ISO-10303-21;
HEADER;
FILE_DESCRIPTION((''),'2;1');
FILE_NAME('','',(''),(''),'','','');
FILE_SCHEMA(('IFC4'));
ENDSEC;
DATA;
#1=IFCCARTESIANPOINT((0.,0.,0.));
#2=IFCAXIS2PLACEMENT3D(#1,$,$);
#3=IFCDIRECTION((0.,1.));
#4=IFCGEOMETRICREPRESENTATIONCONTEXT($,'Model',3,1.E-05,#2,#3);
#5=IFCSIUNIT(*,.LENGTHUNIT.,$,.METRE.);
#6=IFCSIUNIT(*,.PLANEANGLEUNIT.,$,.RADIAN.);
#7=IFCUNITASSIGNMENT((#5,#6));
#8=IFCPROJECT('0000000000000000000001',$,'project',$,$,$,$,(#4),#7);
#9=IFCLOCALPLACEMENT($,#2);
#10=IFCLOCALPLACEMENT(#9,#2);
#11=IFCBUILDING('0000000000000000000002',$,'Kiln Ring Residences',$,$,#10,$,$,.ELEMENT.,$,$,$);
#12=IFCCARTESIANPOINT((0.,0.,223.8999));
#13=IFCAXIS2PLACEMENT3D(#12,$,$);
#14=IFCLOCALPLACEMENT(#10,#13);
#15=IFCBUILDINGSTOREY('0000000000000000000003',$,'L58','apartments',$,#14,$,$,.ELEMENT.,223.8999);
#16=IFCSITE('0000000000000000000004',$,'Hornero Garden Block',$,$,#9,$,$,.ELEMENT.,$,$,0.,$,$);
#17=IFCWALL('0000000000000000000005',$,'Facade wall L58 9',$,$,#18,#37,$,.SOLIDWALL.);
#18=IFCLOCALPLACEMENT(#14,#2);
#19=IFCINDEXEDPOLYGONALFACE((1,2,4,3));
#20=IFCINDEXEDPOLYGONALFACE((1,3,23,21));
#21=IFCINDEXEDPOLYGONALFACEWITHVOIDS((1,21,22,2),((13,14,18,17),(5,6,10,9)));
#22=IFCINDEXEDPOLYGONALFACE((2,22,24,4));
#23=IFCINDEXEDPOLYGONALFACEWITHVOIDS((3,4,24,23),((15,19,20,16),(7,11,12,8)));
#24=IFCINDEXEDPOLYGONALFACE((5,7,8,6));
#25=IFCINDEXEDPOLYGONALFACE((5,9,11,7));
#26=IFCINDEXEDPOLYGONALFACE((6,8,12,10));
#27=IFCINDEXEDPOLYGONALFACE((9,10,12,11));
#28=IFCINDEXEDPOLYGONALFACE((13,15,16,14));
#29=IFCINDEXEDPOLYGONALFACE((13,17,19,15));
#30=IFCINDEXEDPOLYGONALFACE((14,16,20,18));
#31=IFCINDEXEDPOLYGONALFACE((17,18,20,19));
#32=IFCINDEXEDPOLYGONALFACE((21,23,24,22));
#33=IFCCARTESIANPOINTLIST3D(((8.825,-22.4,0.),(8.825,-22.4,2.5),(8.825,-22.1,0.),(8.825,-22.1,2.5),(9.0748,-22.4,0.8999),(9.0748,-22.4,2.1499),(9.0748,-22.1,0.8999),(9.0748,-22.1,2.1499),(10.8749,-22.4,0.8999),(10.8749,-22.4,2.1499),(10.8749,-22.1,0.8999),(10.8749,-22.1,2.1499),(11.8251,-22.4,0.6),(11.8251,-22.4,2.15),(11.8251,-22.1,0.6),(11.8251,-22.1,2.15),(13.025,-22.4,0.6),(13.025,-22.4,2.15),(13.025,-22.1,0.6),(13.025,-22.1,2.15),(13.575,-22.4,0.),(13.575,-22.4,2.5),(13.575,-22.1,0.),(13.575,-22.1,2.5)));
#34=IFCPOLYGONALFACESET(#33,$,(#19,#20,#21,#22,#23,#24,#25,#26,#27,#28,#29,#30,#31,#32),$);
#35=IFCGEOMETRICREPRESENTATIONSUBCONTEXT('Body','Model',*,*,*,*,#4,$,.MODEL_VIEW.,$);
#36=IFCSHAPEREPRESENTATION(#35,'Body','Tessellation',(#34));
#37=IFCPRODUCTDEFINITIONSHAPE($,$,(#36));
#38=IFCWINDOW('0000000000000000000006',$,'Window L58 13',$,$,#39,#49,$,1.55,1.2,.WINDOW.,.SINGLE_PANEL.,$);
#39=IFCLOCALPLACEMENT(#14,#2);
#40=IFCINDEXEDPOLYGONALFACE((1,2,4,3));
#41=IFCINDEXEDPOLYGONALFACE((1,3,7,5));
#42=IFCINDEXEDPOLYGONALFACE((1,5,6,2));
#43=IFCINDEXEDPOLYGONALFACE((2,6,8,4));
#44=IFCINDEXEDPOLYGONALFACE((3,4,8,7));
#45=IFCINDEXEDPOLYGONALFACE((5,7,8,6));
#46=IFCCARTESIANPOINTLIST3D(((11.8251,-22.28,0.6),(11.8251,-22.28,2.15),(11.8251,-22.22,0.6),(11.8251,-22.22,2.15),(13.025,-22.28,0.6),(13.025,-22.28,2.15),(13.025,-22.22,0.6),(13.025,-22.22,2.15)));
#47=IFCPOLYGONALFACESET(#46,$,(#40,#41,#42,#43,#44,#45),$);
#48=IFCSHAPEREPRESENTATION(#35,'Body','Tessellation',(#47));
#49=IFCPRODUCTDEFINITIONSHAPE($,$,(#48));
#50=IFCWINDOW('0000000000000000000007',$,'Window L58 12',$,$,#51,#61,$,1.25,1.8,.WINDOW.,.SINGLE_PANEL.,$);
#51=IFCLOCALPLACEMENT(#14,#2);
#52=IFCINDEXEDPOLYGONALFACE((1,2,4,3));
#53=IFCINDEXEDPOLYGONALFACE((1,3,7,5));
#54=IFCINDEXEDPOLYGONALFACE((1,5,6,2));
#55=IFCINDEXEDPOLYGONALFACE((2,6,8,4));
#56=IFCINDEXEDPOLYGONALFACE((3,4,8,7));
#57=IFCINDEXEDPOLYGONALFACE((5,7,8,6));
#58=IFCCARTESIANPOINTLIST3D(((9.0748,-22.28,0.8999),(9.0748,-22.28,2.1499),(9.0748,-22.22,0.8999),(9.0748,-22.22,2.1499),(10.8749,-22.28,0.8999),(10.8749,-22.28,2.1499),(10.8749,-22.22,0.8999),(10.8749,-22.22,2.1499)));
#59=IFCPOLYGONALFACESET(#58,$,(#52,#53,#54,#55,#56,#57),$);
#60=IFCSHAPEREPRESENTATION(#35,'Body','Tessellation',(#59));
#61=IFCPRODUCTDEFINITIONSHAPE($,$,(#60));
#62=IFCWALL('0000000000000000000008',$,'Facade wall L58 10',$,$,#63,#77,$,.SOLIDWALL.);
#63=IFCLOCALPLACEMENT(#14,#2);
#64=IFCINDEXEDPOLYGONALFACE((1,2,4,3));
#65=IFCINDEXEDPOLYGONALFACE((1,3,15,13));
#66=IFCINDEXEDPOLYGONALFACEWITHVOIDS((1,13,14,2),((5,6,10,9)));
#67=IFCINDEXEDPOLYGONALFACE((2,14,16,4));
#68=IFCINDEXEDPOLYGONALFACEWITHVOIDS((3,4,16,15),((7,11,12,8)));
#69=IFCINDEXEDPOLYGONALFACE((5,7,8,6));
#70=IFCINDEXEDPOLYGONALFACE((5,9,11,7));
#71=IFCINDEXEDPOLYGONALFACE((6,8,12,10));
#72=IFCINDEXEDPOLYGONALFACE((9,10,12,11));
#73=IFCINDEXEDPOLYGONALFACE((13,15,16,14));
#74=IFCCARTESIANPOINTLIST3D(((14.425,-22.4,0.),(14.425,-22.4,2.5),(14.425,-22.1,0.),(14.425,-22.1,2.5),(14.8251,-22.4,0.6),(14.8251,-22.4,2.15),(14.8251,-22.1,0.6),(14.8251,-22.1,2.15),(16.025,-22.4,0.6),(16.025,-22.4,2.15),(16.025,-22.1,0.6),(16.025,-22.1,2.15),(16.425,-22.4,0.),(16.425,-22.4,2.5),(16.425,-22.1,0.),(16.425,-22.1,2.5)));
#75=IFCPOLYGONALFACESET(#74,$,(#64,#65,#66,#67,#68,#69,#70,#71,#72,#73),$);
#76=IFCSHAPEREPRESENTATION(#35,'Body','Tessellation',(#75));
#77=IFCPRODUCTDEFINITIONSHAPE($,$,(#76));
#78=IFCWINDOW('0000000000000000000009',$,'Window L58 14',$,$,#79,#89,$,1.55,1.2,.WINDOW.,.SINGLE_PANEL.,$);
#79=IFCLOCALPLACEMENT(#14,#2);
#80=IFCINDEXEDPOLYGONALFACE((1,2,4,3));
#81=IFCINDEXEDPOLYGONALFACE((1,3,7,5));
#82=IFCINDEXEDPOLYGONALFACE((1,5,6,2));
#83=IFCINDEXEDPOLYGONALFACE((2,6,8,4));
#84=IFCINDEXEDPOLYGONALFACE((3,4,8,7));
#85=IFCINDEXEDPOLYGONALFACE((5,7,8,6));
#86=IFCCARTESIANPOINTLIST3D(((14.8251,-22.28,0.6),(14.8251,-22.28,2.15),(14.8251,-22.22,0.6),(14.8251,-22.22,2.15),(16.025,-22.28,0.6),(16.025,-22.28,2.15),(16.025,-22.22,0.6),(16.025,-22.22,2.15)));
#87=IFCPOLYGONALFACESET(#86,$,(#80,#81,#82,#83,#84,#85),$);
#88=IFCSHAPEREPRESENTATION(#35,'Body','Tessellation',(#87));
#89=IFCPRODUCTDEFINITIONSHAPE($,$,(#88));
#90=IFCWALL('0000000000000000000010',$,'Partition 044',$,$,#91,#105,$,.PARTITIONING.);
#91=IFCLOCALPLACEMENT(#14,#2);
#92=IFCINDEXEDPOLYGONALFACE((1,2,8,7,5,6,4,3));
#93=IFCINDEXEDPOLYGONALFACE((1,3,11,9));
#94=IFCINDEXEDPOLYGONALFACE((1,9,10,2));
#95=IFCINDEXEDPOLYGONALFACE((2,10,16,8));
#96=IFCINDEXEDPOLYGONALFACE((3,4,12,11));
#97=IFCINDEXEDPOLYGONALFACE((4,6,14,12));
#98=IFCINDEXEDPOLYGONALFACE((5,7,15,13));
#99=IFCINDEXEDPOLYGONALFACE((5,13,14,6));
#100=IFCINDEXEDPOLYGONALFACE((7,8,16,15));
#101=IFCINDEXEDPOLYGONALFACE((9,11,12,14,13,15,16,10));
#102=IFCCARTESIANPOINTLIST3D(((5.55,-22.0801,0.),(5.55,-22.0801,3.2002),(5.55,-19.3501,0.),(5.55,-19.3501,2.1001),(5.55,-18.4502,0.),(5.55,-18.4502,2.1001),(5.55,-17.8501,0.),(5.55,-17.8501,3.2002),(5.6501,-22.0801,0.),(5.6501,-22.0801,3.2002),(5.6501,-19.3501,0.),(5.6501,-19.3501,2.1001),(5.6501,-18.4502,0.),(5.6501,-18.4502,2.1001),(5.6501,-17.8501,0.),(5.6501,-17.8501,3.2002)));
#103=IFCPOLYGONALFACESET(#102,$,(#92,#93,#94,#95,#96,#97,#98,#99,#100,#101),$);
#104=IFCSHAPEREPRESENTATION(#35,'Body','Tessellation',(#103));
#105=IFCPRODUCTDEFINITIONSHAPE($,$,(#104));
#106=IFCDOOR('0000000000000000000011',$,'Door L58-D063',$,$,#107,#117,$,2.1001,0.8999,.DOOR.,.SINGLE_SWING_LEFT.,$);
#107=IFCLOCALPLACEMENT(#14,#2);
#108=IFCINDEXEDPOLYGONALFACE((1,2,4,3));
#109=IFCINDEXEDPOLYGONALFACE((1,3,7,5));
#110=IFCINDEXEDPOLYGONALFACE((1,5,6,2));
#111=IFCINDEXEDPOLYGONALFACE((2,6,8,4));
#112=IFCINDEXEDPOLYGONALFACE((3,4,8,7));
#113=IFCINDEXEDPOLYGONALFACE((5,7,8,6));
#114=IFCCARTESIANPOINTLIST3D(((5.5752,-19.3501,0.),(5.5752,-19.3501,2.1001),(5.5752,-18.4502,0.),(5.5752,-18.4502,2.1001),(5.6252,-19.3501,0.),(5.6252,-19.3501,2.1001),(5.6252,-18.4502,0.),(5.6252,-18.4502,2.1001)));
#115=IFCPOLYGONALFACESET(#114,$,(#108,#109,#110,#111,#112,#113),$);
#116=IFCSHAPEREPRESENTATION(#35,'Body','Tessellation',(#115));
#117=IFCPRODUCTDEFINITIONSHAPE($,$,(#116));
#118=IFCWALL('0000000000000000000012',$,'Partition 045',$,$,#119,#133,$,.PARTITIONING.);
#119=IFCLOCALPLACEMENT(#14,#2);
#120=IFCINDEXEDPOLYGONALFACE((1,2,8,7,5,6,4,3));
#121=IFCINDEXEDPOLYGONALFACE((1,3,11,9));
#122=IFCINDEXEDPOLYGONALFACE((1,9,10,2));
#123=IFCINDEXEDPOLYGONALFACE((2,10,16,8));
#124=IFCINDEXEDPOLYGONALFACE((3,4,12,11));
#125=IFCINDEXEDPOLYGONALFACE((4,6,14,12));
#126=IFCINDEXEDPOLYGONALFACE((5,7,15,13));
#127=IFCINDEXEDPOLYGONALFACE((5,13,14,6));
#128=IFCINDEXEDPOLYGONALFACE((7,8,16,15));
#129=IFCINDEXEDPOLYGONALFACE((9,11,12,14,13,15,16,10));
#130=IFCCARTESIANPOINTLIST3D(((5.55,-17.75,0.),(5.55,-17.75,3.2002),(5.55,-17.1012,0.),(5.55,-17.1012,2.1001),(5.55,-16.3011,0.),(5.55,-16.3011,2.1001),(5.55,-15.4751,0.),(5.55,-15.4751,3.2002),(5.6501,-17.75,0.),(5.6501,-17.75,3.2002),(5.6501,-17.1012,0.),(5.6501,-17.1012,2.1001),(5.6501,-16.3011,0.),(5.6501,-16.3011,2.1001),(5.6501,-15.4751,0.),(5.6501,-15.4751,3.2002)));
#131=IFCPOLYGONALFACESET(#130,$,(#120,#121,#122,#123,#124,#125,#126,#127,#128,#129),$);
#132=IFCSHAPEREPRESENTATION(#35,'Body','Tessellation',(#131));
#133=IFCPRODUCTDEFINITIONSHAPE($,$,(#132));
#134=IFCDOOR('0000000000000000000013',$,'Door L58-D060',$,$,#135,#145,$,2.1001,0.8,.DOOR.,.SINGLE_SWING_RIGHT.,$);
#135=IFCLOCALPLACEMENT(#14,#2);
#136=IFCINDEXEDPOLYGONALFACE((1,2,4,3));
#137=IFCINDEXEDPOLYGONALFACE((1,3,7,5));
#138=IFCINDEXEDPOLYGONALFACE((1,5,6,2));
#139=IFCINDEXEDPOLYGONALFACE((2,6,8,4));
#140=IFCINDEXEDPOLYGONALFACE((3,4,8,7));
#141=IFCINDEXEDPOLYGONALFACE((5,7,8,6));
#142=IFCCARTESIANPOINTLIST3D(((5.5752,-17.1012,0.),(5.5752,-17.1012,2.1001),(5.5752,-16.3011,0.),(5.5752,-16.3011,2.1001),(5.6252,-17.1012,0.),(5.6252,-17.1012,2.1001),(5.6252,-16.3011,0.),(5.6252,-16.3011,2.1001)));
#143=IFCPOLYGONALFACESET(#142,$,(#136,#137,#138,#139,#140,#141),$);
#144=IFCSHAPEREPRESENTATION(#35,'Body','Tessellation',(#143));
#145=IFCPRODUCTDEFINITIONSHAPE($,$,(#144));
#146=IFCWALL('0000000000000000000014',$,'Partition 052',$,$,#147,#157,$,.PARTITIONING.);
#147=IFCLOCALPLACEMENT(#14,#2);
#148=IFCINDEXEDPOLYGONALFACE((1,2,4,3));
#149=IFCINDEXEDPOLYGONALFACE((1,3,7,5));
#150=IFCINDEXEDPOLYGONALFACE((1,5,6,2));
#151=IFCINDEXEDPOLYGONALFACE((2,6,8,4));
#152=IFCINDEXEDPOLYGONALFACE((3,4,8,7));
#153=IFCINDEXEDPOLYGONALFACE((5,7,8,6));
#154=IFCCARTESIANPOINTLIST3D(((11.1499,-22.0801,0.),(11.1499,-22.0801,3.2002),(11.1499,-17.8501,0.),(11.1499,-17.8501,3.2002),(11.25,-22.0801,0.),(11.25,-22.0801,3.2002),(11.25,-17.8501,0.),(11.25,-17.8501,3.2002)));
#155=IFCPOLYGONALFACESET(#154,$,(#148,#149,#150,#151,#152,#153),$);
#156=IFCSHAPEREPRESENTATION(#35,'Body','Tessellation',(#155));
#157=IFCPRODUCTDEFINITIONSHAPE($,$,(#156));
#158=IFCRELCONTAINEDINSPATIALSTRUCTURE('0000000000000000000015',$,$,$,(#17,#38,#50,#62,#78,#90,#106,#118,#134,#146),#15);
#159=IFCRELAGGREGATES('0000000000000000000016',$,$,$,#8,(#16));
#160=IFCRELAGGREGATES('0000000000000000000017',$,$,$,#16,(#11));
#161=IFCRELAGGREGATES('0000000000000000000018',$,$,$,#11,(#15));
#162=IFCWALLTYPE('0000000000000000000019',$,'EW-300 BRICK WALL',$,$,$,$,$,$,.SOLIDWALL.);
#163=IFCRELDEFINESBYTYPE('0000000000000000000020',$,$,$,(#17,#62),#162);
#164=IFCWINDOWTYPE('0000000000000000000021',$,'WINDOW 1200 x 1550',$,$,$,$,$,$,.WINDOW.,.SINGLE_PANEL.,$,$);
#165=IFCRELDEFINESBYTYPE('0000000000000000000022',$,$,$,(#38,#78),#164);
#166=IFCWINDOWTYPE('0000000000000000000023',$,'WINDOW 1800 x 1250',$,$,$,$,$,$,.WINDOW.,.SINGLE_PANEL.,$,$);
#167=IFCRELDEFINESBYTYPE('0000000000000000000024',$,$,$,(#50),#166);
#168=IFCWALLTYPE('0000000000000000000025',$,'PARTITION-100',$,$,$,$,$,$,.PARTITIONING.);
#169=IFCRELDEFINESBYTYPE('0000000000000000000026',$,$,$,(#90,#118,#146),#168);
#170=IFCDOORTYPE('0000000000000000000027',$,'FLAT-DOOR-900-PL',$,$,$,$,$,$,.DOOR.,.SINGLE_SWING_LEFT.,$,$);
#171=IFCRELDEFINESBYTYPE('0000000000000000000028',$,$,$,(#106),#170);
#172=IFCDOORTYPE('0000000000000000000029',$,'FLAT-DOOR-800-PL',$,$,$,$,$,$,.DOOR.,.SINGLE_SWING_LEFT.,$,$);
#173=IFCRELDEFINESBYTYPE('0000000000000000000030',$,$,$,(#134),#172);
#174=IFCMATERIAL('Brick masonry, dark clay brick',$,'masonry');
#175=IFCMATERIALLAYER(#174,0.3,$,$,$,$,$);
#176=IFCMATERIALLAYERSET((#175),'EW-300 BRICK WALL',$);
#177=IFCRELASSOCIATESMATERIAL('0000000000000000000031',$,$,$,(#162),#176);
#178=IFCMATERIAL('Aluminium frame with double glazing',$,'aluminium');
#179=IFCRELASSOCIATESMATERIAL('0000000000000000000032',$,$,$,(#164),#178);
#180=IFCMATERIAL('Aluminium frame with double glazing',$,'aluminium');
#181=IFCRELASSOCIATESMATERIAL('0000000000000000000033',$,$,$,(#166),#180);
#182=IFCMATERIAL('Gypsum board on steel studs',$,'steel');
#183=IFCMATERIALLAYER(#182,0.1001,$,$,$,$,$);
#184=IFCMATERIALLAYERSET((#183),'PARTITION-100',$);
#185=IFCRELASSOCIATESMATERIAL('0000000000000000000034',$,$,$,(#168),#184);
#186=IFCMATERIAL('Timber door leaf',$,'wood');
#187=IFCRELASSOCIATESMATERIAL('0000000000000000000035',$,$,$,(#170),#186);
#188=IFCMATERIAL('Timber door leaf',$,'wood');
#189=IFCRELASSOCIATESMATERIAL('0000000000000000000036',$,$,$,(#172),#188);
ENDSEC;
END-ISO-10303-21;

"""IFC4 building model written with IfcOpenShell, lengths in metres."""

from ifc_helpers import new_model, si_unit, direction, frame, frame_2d, origin, place, context, subcontext, project, spatial, rectangle, extrude, material, layer, layer_set, type_object, element, fill, save


model = new_model("IFC4")

# Units and contexts
model_context = context("Model", 3, precision=1e-05, world=origin(), true_north=direction((0.0, 1.0)))
body_context = subcontext(model_context, "Body", "Model", "MODEL_VIEW")
ifc_project = project(units=[si_unit("LENGTHUNIT", "METRE"), si_unit("PLANEANGLEUNIT", "RADIAN")], contexts=[model_context])

# Site, building, storey
site_placement = place(None, origin())
site = spatial("IfcSite", under=ifc_project, at=site_placement, Name="Hornero Garden Block", CompositionType="ELEMENT", RefElevation=0.0)
building_placement = place(site_placement, origin())
building = spatial("IfcBuilding", under=site, at=building_placement, Name="Kiln Ring Residences", CompositionType="ELEMENT")
storey_placement = place(building_placement, frame((0.0, 0.0, 223.8999)))
storey = spatial("IfcBuildingStorey", under=building, at=storey_placement, Name="L58", Description="apartments", CompositionType="ELEMENT", Elevation=223.8999)

# Wall, openings, windows
ifc_material_1 = material(Name="Brick masonry, dark clay brick", Category="masonry")
ifc_layer_1 = layer(ifc_material_1, 0.3)
ifc_layer_set_1 = layer_set([ifc_layer_1], Name="EW-300 BRICK WALL")
wall_type_1 = type_object("IfcWallType", Name="EW-300 BRICK WALL", PredefinedType="SOLIDWALL", material=ifc_layer_set_1)
ifc_material_2 = material(Name="Aluminium frame with double glazing", Category="aluminium")
window_type_1 = type_object("IfcWindowType", Name="WINDOW 1200 x 1550", PartitioningType="SINGLE_PANEL", PredefinedType="WINDOW", material=ifc_material_2)
wall_1_placement = place(storey_placement, frame((8.825, -22.25, 0.0), z_axis=(0.0, 0.0, 1.0), x_axis=(1.0, 0.0, 0.0)))
wall_1 = element("IfcWall", 1, at=wall_1_placement, inside=storey, type_object=wall_type_1, Name="Facade wall L58 9", PredefinedType="SOLIDWALL", context=body_context, shape_type="SweptSolid", body=[
    extrude(rectangle(XDim=4.75, YDim=0.3, at=frame_2d((2.375, 0.0))), origin(), (0.0, 0.0, 1.0), 2.5),
])
opening_1_placement = place(wall_1_placement, frame((0.25, 0.0, 0.8999)))
opening_1 = element("IfcOpeningElement", 2, at=opening_1_placement, cuts=wall_1, PredefinedType="OPENING", context=body_context, shape_type="SweptSolid", body=[
    extrude(rectangle(XDim=1.8, YDim=1.25, at=frame_2d((0.8999, 0.625))), frame((0.0, 0.1599, 0.0), z_axis=(0.0, -1.0, 0.0), x_axis=(1.0, 0.0, 0.0)), (0.0, 0.0, 1.0), 0.3201),
])
opening_2_placement = place(wall_1_placement, frame((3.0, 0.0, 0.6001)))
opening_2 = element("IfcOpeningElement", 3, at=opening_2_placement, cuts=wall_1, PredefinedType="OPENING", context=body_context, shape_type="SweptSolid", body=[
    extrude(rectangle(XDim=1.2, YDim=1.55, at=frame_2d((0.6001, 0.7749))), frame((0.0, 0.1599, 0.0), z_axis=(0.0, -1.0, 0.0), x_axis=(1.0, 0.0, 0.0)), (0.0, 0.0, 1.0), 0.3201),
])
window_1_placement = place(opening_2_placement, origin())
window_1 = element("IfcWindow", 4, at=window_1_placement, inside=storey, type_object=window_type_1, Name="Window L58 13", OverallHeight=1.55, OverallWidth=1.2, PartitioningType="SINGLE_PANEL", PredefinedType="WINDOW", context=body_context, shape_type="SweptSolid", body=[
    extrude(rectangle(XDim=1.2, YDim=1.55, at=frame_2d((0.6001, 0.7749))), frame((0.0, 0.03, 0.0), z_axis=(0.0, -1.0, 0.0), x_axis=(1.0, 0.0, 0.0)), (0.0, 0.0, 1.0), 0.0601),
])
fill(opening_2, window_1)
ifc_material_3 = material(Name="Aluminium frame with double glazing", Category="aluminium")
window_type_2 = type_object("IfcWindowType", Name="WINDOW 1800 x 1250", PartitioningType="SINGLE_PANEL", PredefinedType="WINDOW", material=ifc_material_3)
window_2_placement = place(opening_1_placement, origin())
window_2 = element("IfcWindow", 5, at=window_2_placement, inside=storey, type_object=window_type_2, Name="Window L58 12", OverallHeight=1.25, OverallWidth=1.8, PartitioningType="SINGLE_PANEL", PredefinedType="WINDOW", context=body_context, shape_type="SweptSolid", body=[
    extrude(rectangle(XDim=1.8, YDim=1.25, at=frame_2d((0.8999, 0.625))), frame((0.0, 0.03, 0.0), z_axis=(0.0, -1.0, 0.0), x_axis=(1.0, 0.0, 0.0)), (0.0, 0.0, 1.0), 0.0601),
])
fill(opening_1, window_2)

# Wall, opening, window
wall_2_placement = place(storey_placement, frame((14.425, -22.25, 0.0), z_axis=(0.0, 0.0, 1.0), x_axis=(1.0, 0.0, 0.0)))
wall_2 = element("IfcWall", 6, at=wall_2_placement, inside=storey, type_object=wall_type_1, Name="Facade wall L58 10", PredefinedType="SOLIDWALL", context=body_context, shape_type="SweptSolid", body=[
    extrude(rectangle(XDim=2.0, YDim=0.3, at=frame_2d((1.0, 0.0))), origin(), (0.0, 0.0, 1.0), 2.5),
])
opening_3_placement = place(wall_2_placement, frame((0.3999, 0.0, 0.6001)))
opening_3 = element("IfcOpeningElement", 7, at=opening_3_placement, cuts=wall_2, PredefinedType="OPENING", context=body_context, shape_type="SweptSolid", body=[
    extrude(rectangle(XDim=1.2, YDim=1.55, at=frame_2d((0.6001, 0.7749))), frame((0.0, 0.1599, 0.0), z_axis=(0.0, -1.0, 0.0), x_axis=(1.0, 0.0, 0.0)), (0.0, 0.0, 1.0), 0.3201),
])
window_3_placement = place(opening_3_placement, origin())
window_3 = element("IfcWindow", 8, at=window_3_placement, inside=storey, type_object=window_type_1, Name="Window L58 14", OverallHeight=1.55, OverallWidth=1.2, PartitioningType="SINGLE_PANEL", PredefinedType="WINDOW", context=body_context, shape_type="SweptSolid", body=[
    extrude(rectangle(XDim=1.2, YDim=1.55, at=frame_2d((0.6001, 0.7749))), frame((0.0, 0.03, 0.0), z_axis=(0.0, -1.0, 0.0), x_axis=(1.0, 0.0, 0.0)), (0.0, 0.0, 1.0), 0.0601),
])
fill(opening_3, window_3)

# Walls, openings, doors
ifc_material_4 = material(Name="Gypsum board on steel studs", Category="steel")
ifc_layer_2 = layer(ifc_material_4, 0.1001)
ifc_layer_set_2 = layer_set([ifc_layer_2], Name="PARTITION-100")
wall_type_2 = type_object("IfcWallType", Name="PARTITION-100", PredefinedType="PARTITIONING", material=ifc_layer_set_2)
wall_3_placement = place(storey_placement, frame((5.6001, -22.0801, 0.0), z_axis=(0.0, 0.0, 1.0), x_axis=(0.0, 1.0, 0.0)))
wall_3 = element("IfcWall", 9, at=wall_3_placement, inside=storey, type_object=wall_type_2, Name="Partition 044", PredefinedType="PARTITIONING", context=body_context, shape_type="SweptSolid", body=[
    extrude(rectangle(XDim=4.23, YDim=0.1001, at=frame_2d((2.115, 0.0))), origin(), (0.0, 0.0, 1.0), 3.2002),
])
opening_4_placement = place(wall_3_placement, frame((2.73, 0.0, 0.0)))
opening_4 = element("IfcOpeningElement", 10, at=opening_4_placement, cuts=wall_3, PredefinedType="OPENING", context=body_context, shape_type="SweptSolid", body=[
    extrude(rectangle(XDim=0.8999, YDim=2.1001, at=frame_2d((0.45, 1.05))), frame((0.0, 0.0601, 0.0), z_axis=(0.0, -1.0, 0.0), x_axis=(1.0, 0.0, 0.0)), (0.0, 0.0, 1.0), 0.1201),
])
ifc_material_5 = material(Name="Timber door leaf", Category="wood")
door_type_1 = type_object("IfcDoorType", Name="FLAT-DOOR-900-PL", OperationType="SINGLE_SWING_LEFT", PredefinedType="DOOR", material=ifc_material_5)
door_1_placement = place(opening_4_placement, origin())
door_1 = element("IfcDoor", 11, at=door_1_placement, inside=storey, type_object=door_type_1, Name="Door L58-D063", OperationType="SINGLE_SWING_LEFT", OverallHeight=2.1001, OverallWidth=0.8999, PredefinedType="DOOR", context=body_context, shape_type="SweptSolid", body=[
    extrude(rectangle(XDim=0.8999, YDim=2.1001, at=frame_2d((0.45, 1.05))), frame((0.0, 0.0249, 0.0), z_axis=(0.0, -1.0, 0.0), x_axis=(1.0, 0.0, 0.0)), (0.0, 0.0, 1.0), 0.05),
])
fill(opening_4, door_1)
wall_4_placement = place(storey_placement, frame((5.6001, -17.75, 0.0), z_axis=(0.0, 0.0, 1.0), x_axis=(0.0, 1.0, 0.0)))
wall_4 = element("IfcWall", 12, at=wall_4_placement, inside=storey, type_object=wall_type_2, Name="Partition 045", PredefinedType="PARTITIONING", context=body_context, shape_type="SweptSolid", body=[
    extrude(rectangle(XDim=2.2749, YDim=0.1001, at=frame_2d((1.1375, 0.0))), origin(), (0.0, 0.0, 1.0), 3.2002),
])
opening_5_placement = place(wall_4_placement, frame((0.6489, 0.0, 0.0)))
opening_5 = element("IfcOpeningElement", 13, at=opening_5_placement, cuts=wall_4, PredefinedType="OPENING", context=body_context, shape_type="SweptSolid", body=[
    extrude(rectangle(XDim=0.8, YDim=2.1001, at=frame_2d((0.3999, 1.05))), frame((0.0, 0.0601, 0.0), z_axis=(0.0, -1.0, 0.0), x_axis=(1.0, 0.0, 0.0)), (0.0, 0.0, 1.0), 0.1201),
])
ifc_material_6 = material(Name="Timber door leaf", Category="wood")
door_type_2 = type_object("IfcDoorType", Name="FLAT-DOOR-800-PL", OperationType="SINGLE_SWING_LEFT", PredefinedType="DOOR", material=ifc_material_6)
door_2_placement = place(opening_5_placement, origin())
door_2 = element("IfcDoor", 14, at=door_2_placement, inside=storey, type_object=door_type_2, Name="Door L58-D060", OperationType="SINGLE_SWING_RIGHT", OverallHeight=2.1001, OverallWidth=0.8, PredefinedType="DOOR", context=body_context, shape_type="SweptSolid", body=[
    extrude(rectangle(XDim=0.8, YDim=2.1001, at=frame_2d((0.3999, 1.05))), frame((0.0, 0.0249, 0.0), z_axis=(0.0, -1.0, 0.0), x_axis=(1.0, 0.0, 0.0)), (0.0, 0.0, 1.0), 0.05),
])
fill(opening_5, door_2)

# Wall
wall_5_placement = place(storey_placement, frame((11.2, -22.0801, 0.0), z_axis=(0.0, 0.0, 1.0), x_axis=(0.0, 1.0, 0.0)))
element("IfcWall", 15, at=wall_5_placement, inside=storey, type_object=wall_type_2, Name="Partition 052", PredefinedType="PARTITIONING", context=body_context, shape_type="SweptSolid", body=[
    extrude(rectangle(XDim=4.23, YDim=0.1001, at=frame_2d((2.115, 0.0))), origin(), (0.0, 0.0, 1.0), 3.2002),
])

save(model, "model.ifc")
